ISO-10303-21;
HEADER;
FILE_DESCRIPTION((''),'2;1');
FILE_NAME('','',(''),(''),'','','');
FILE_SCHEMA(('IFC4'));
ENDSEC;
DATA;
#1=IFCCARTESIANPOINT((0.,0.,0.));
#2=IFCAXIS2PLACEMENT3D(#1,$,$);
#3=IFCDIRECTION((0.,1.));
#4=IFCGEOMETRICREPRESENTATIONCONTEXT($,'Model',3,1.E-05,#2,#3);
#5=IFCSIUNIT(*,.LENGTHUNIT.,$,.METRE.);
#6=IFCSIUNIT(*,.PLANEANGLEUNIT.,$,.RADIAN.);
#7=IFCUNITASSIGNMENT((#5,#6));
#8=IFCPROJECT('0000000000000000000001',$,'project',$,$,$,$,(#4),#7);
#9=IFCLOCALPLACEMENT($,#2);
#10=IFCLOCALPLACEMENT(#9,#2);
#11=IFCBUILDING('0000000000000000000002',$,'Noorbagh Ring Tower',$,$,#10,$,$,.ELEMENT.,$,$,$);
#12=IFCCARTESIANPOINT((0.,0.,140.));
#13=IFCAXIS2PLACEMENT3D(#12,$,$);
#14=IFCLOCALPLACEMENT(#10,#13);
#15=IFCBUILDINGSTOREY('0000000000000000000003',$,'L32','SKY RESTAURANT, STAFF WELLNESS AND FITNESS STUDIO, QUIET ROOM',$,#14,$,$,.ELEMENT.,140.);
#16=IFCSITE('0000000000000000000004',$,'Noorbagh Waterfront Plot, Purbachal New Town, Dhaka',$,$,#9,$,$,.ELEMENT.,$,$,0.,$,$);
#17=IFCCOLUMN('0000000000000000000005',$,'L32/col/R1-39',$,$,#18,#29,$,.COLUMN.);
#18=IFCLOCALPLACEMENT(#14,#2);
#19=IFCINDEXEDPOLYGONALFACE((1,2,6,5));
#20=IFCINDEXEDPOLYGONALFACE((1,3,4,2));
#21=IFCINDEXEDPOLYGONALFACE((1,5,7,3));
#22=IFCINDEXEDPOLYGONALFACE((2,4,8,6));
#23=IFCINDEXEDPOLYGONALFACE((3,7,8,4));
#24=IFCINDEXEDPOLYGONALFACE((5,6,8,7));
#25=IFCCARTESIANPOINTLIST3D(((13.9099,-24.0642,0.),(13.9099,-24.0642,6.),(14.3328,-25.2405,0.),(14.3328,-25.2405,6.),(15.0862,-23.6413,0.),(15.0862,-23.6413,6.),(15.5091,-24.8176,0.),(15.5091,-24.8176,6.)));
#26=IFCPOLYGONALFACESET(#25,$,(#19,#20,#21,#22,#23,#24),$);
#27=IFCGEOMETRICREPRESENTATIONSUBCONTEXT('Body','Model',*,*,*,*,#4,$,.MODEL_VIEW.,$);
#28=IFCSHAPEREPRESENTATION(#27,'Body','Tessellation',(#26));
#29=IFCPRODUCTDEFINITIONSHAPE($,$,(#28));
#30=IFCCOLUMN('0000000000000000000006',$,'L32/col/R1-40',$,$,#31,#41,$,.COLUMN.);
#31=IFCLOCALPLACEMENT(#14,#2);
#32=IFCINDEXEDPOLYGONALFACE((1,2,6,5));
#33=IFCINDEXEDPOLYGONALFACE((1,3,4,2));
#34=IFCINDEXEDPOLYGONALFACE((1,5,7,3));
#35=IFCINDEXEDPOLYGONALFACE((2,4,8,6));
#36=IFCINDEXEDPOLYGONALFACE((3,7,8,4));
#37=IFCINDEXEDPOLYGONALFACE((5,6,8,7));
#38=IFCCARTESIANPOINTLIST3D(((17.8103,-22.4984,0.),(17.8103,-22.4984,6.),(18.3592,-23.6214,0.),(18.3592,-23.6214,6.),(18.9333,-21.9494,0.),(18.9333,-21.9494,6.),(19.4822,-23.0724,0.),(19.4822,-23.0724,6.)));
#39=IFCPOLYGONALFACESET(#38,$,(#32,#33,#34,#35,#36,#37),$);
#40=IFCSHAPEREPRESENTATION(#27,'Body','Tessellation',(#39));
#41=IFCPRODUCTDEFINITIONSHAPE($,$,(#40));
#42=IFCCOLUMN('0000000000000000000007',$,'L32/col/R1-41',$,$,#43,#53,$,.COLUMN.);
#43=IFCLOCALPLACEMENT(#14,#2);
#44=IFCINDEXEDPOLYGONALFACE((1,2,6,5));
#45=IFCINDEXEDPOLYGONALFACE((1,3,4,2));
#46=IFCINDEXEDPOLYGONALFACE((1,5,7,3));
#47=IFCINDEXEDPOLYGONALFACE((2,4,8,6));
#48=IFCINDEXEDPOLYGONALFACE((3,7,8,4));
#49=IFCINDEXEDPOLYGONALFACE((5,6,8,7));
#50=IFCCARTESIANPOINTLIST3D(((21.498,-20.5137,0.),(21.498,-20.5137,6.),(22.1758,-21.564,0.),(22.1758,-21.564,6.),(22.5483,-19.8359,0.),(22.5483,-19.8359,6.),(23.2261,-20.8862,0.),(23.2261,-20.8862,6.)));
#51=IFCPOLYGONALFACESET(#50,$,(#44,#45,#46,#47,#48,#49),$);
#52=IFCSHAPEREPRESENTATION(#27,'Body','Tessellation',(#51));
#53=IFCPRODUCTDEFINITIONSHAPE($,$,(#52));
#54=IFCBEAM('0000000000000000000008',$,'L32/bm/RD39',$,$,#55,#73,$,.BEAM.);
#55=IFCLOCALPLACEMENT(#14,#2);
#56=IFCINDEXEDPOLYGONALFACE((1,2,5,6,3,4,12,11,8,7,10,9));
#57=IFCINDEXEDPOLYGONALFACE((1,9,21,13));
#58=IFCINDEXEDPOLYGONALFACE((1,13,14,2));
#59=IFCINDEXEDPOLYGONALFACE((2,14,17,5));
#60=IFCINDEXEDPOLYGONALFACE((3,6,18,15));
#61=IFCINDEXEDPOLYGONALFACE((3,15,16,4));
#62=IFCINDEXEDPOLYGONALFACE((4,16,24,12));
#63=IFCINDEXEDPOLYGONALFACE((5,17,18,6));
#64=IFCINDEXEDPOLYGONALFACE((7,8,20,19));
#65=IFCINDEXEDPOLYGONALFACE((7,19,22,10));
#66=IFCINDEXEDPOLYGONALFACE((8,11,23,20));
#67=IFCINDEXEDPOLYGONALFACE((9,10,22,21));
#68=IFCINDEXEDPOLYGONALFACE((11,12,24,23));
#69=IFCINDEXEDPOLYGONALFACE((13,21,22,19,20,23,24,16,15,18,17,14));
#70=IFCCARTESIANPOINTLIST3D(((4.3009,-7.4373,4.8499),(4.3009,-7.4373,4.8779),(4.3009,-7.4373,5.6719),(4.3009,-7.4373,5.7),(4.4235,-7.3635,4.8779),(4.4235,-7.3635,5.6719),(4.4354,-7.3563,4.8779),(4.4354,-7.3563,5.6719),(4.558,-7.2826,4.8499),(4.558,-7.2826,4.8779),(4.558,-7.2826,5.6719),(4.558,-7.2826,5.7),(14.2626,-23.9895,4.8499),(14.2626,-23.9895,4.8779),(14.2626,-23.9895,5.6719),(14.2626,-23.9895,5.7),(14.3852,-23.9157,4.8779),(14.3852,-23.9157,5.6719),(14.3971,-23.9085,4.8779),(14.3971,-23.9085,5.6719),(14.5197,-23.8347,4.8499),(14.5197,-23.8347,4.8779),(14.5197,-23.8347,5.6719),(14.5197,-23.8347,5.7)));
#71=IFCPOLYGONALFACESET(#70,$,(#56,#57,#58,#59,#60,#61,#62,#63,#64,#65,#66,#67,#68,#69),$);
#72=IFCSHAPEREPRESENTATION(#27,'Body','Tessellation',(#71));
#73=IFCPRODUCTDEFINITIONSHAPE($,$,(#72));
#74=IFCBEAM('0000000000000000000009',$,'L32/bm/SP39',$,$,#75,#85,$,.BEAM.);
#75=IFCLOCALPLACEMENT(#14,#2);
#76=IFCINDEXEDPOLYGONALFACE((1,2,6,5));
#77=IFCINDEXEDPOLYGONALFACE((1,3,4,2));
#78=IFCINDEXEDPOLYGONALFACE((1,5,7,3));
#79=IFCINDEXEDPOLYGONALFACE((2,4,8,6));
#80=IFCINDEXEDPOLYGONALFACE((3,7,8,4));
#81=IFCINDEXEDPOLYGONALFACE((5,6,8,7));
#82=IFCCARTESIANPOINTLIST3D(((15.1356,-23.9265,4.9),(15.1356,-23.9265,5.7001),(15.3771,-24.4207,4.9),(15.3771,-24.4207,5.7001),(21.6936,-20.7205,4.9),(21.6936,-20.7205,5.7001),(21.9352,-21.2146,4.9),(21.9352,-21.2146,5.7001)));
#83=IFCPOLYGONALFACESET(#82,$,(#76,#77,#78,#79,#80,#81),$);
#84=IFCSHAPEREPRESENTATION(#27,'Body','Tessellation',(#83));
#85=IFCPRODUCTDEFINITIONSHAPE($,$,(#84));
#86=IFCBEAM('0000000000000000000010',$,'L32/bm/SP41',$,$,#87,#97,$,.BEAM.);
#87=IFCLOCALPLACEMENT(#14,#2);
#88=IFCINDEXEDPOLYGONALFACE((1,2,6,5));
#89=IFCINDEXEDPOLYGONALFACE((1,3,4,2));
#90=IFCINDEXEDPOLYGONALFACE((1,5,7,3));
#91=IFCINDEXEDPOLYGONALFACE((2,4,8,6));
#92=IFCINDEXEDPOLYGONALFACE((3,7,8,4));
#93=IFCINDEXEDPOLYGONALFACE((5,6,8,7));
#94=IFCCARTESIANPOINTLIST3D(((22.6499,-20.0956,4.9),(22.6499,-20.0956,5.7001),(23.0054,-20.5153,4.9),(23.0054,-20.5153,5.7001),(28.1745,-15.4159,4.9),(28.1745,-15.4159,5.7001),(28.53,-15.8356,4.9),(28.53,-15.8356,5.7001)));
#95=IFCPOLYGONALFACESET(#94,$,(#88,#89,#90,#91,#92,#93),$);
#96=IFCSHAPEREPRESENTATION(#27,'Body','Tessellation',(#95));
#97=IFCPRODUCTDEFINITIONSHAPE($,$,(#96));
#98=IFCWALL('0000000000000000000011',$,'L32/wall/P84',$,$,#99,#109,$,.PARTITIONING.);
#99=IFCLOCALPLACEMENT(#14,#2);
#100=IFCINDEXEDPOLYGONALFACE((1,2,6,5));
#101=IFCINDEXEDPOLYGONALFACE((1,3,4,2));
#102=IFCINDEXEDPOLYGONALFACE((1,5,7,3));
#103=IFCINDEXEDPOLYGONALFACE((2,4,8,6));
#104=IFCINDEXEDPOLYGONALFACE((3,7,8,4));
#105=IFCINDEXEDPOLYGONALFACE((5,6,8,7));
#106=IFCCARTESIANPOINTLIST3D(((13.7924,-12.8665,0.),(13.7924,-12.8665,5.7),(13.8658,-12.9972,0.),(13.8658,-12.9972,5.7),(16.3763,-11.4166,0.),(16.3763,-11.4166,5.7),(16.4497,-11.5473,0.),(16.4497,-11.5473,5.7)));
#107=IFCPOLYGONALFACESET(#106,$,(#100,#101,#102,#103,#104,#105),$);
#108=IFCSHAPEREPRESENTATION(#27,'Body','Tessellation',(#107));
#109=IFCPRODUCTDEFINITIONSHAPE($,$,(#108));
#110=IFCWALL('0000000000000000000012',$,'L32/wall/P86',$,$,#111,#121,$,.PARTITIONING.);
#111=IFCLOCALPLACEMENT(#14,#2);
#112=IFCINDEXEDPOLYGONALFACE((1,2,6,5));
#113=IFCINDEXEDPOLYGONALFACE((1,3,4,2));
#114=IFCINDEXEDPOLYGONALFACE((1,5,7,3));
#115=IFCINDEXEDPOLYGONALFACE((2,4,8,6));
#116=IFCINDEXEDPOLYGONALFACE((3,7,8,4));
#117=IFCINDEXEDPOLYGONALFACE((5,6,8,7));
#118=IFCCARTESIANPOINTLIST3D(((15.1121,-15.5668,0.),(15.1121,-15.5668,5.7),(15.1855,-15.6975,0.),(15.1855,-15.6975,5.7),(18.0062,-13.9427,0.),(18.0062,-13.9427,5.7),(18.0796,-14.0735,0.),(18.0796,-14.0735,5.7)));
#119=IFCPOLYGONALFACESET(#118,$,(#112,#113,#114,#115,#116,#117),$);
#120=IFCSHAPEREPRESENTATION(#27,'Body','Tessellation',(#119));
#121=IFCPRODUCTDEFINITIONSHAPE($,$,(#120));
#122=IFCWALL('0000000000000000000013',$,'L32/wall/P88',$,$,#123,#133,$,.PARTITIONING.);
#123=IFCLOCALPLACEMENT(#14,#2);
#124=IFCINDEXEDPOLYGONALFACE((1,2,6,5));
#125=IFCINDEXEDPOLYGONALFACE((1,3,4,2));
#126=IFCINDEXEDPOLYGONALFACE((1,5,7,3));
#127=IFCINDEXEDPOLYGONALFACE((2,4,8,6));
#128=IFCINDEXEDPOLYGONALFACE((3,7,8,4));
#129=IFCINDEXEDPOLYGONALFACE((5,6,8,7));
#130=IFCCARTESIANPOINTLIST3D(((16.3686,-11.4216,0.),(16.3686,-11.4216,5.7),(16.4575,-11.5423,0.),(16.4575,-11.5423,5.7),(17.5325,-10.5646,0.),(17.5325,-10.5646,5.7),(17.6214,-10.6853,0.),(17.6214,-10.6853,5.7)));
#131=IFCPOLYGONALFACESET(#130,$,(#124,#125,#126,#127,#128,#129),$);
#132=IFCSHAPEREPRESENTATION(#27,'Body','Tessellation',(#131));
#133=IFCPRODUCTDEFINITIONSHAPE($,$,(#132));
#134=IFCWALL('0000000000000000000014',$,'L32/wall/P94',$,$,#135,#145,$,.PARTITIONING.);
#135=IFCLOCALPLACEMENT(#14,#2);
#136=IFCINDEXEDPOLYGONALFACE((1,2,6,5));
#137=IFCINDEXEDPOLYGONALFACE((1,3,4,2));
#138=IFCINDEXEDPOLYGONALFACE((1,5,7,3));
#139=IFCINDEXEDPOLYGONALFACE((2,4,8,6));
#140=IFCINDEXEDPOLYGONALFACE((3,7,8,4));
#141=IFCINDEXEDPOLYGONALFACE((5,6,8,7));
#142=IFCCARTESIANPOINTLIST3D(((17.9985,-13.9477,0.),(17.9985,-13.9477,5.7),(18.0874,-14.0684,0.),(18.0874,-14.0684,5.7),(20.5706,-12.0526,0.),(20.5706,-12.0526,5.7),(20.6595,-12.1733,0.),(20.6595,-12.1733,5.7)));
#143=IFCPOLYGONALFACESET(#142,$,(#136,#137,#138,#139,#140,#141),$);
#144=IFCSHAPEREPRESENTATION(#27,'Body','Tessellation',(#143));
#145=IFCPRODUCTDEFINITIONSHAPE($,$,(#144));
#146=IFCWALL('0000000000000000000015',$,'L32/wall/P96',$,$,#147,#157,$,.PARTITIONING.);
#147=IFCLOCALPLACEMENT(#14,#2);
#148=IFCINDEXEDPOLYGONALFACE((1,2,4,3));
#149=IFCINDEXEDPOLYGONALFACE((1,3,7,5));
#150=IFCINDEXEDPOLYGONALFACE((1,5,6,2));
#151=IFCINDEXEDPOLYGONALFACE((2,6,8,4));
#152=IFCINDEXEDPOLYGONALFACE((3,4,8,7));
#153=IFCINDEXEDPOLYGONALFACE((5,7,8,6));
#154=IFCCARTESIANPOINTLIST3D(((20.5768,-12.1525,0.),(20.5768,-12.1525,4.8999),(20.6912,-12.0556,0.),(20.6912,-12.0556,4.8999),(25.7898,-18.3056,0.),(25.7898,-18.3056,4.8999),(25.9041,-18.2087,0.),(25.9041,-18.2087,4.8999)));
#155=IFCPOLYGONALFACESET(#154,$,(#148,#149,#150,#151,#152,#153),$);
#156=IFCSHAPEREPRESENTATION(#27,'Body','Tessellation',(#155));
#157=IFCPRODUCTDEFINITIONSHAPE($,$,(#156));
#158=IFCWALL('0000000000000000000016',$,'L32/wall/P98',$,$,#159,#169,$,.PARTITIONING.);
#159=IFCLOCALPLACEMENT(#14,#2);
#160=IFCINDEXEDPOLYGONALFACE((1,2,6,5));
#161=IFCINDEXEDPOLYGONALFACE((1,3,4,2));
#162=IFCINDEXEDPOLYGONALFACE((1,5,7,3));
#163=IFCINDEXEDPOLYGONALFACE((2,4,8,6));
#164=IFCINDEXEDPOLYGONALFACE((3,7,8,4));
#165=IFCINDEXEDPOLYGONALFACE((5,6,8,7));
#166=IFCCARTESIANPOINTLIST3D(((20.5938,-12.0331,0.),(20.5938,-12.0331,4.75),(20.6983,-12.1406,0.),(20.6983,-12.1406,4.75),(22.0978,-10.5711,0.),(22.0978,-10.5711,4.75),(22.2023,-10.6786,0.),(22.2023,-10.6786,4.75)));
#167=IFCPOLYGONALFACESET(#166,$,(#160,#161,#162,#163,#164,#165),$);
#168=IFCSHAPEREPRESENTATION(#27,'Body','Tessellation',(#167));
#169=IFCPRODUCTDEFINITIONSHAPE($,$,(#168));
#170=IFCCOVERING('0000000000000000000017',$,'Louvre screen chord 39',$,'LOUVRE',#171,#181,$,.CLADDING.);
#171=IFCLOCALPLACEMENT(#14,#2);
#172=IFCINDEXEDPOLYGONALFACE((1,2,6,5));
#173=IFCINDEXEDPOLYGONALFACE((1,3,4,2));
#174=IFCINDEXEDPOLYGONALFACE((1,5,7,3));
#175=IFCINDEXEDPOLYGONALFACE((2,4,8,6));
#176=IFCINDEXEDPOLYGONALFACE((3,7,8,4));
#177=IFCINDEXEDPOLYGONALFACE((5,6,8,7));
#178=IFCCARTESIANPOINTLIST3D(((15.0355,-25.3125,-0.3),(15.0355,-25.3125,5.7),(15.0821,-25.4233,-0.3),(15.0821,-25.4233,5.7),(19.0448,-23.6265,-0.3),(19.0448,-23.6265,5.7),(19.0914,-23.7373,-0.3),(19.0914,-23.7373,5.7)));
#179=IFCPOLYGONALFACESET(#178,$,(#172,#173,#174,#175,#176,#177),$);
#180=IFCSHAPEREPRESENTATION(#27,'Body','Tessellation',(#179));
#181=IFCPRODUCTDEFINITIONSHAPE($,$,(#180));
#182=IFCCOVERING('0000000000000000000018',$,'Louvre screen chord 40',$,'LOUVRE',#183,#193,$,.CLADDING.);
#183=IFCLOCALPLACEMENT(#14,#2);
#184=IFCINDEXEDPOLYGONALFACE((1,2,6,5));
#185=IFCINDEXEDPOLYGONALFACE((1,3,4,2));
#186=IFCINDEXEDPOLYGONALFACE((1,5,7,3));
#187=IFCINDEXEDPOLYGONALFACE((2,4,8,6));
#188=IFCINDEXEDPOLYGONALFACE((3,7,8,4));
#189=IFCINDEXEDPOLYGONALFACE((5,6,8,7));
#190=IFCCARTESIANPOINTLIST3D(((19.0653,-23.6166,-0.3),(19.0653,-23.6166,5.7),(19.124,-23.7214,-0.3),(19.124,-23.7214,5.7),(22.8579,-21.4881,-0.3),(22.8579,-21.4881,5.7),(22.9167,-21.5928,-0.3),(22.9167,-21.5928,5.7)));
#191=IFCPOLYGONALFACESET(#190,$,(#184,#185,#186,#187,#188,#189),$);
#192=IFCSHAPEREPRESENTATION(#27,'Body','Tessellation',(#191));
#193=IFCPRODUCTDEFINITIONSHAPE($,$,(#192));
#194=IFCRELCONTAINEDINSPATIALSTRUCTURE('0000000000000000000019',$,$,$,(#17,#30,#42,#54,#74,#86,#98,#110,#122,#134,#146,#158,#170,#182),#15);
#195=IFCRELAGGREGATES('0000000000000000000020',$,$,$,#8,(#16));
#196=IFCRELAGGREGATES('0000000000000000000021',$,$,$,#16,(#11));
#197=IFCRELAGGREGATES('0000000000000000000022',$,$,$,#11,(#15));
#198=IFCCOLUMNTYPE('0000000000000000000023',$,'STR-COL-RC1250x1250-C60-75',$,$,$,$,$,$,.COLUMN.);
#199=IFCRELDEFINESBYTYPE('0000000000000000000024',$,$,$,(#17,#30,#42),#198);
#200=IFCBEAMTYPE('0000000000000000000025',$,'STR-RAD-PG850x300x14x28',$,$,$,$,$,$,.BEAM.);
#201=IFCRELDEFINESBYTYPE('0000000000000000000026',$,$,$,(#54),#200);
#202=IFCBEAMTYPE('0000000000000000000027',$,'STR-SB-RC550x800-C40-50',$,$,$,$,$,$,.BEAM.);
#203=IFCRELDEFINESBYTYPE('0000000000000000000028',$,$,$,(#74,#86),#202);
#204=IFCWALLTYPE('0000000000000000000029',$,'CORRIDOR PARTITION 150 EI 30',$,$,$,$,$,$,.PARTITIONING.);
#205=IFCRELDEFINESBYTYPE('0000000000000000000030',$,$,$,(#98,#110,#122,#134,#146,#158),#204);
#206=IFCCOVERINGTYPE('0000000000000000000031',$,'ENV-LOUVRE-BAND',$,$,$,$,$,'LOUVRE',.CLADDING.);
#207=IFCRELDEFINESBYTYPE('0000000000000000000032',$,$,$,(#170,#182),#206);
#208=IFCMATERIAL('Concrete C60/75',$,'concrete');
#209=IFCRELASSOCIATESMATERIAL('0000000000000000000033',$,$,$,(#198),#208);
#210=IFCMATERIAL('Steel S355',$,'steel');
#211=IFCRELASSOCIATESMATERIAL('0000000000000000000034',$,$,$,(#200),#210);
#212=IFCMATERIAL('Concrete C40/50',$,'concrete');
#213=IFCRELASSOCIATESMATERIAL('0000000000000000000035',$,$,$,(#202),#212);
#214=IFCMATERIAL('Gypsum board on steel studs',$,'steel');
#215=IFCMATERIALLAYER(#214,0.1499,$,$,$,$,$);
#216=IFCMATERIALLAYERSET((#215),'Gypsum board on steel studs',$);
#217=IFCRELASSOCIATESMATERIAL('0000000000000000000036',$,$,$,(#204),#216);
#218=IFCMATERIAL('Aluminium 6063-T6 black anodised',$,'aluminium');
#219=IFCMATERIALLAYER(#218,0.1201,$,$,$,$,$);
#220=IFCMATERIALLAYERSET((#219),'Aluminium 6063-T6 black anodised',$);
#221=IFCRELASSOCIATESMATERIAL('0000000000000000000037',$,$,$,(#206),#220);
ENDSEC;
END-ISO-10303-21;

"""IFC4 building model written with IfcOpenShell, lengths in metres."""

from ifc_helpers import new_model, si_unit, direction, frame, frame_2d, origin, origin_2d, place, context, subcontext, project, spatial, rectangle, i_section, extrude, material, layer, layer_set, material_profile, profile_set, type_object, element, save


model = new_model("IFC4")

# Units and contexts
model_context = context("Model", 3, precision=1e-05, world=origin(), true_north=direction((0.0, 1.0)))
body_context = subcontext(model_context, "Body", "Model", "MODEL_VIEW")
ifc_project = project(units=[si_unit("LENGTHUNIT", "METRE"), si_unit("PLANEANGLEUNIT", "RADIAN")], contexts=[model_context])

# Site, building, storey
site_placement = place(None, origin())
site = spatial("IfcSite", under=ifc_project, at=site_placement, Name="Noorbagh Waterfront Plot, Purbachal New Town, Dhaka", CompositionType="ELEMENT", RefElevation=0.0)
building_placement = place(site_placement, origin())
building = spatial("IfcBuilding", under=site, at=building_placement, Name="Noorbagh Ring Tower", CompositionType="ELEMENT")
storey_placement = place(building_placement, frame((0.0, 0.0, 140.0)))
storey = spatial("IfcBuildingStorey", under=building, at=storey_placement, Name="L32", Description="SKY RESTAURANT, STAFF WELLNESS AND FITNESS STUDIO, QUIET ROOM", CompositionType="ELEMENT", Elevation=140.0)

# Columns
ifc_material_1 = material(Name="Concrete C60/75", Category="concrete")
ifc_material_profile_1 = material_profile(ifc_material_1, rectangle(XDim=1.25, YDim=1.25, at=origin_2d()), Name="RC1250x1250")
ifc_profile_set_1 = profile_set([ifc_material_profile_1], Name="Concrete C60/75")
column_type = type_object("IfcColumnType", Name="STR-COL-RC1250x1250-C60-75", PredefinedType="COLUMN", material=ifc_profile_set_1)
for number, where, z_axis, x_axis, name in (
    (1, (14.7095, -24.4409, 0.0), (0.0, 0.0, 1.0), (0.941025, 0.338338, 0.0), "L32/col/R1-39"),
    (2, (18.6462, -22.7854, 0.0), (0.0, 0.0, 1.0), (0.898399, 0.43918, 0.0), "L32/col/R1-40"),
    (3, (22.3621, -20.7, 0.0), (0.0, 0.0, 1.0), (0.840248, 0.542203, 0.0), "L32/col/R1-41"),
):
    element("IfcColumn", number, at=place(storey_placement, frame(where, z_axis=z_axis, x_axis=x_axis)), inside=storey, type_object=column_type, Name=name, PredefinedType="COLUMN", context=body_context, shape_type="SweptSolid", body=[
        extrude(rectangle(XDim=1.25, YDim=1.25, at=origin_2d()), origin(), (0.0, 0.0, 1.0), 6.0),
    ])

# Beams
ifc_material_2 = material(Name="Steel S355", Category="steel")
ifc_material_profile_2 = material_profile(ifc_material_2, i_section(OverallWidth=0.3, OverallDepth=0.8501, WebThickness=0.0139, FlangeThickness=0.0281, at=origin_2d()), Name="PG850x300x14x28")
ifc_profile_set_2 = profile_set([ifc_material_profile_2], Name="Steel S355")
beam_type_1 = type_object("IfcBeamType", Name="STR-RAD-PG850x300x14x28", PredefinedType="BEAM", material=ifc_profile_set_2)
beam_1_placement = place(storey_placement, frame((14.3911, -23.9121, 5.2749), z_axis=(-0.515649, 0.8568, 0.0), x_axis=(-0.8568, -0.515649, 0.0)))
element("IfcBeam", 4, at=beam_1_placement, inside=storey, type_object=beam_type_1, Name="L32/bm/RD39", PredefinedType="BEAM", context=body_context, shape_type="SweptSolid", body=[
    extrude(i_section(OverallWidth=0.3, OverallDepth=0.8501, WebThickness=0.0139, FlangeThickness=0.0281, at=origin_2d()), origin(), (0.0, 0.0, 1.0), 19.3186),
])
ifc_material_3 = material(Name="Concrete C40/50", Category="concrete")
ifc_material_profile_3 = material_profile(ifc_material_3, rectangle(XDim=0.55, YDim=0.8, at=origin_2d()), Name="RC550x800")
ifc_profile_set_3 = profile_set([ifc_material_profile_3], Name="Concrete C40/50")
beam_type_2 = type_object("IfcBeamType", Name="STR-SB-RC550x800-C40-50", PredefinedType="BEAM", material=ifc_profile_set_3)
beam_2_placement = place(storey_placement, frame((15.2563, -24.1736, 5.3), z_axis=(0.898391, 0.439196, 0.0), x_axis=(-0.439196, 0.898391, 0.0)))
element("IfcBeam", 5, at=beam_2_placement, inside=storey, type_object=beam_type_2, Name="L32/bm/SP39", PredefinedType="BEAM", context=body_context, shape_type="SweptSolid", body=[
    extrude(rectangle(XDim=0.55, YDim=0.8, at=origin_2d()), origin(), (0.0, 0.0, 1.0), 7.2998),
])
beam_3_placement = place(storey_placement, frame((22.8276, -20.3054, 5.3), z_axis=(0.763047, 0.646343, 0.0), x_axis=(-0.646343, 0.763047, 0.0)))
element("IfcBeam", 6, at=beam_3_placement, inside=storey, type_object=beam_type_2, Name="L32/bm/SP41", PredefinedType="BEAM", context=body_context, shape_type="SweptSolid", body=[
    extrude(rectangle(XDim=0.55, YDim=0.8, at=origin_2d()), origin(), (0.0, 0.0, 1.0), 7.2402),
])

# Walls
ifc_material_4 = material(Name="Gypsum board on steel studs", Category="steel")
ifc_layer_1 = layer(ifc_material_4, 0.1499)
ifc_layer_set_1 = layer_set([ifc_layer_1], Name="Gypsum board on steel studs")
wall_type = type_object("IfcWallType", Name="CORRIDOR PARTITION 150 EI 30", PredefinedType="PARTITIONING", material=ifc_layer_set_1)
wall_1_placement = place(storey_placement, frame((13.8291, -12.9319, 0.0), z_axis=(0.0, 0.0, 1.0), x_axis=(0.872086, 0.489353, 0.0)))
element("IfcWall", 7, at=wall_1_placement, inside=storey, type_object=wall_type, Name="L32/wall/P84", PredefinedType="PARTITIONING", context=body_context, shape_type="SweptSolid", body=[
    extrude(rectangle(XDim=2.9629, YDim=0.1499, at=frame_2d((1.4814, 0.0))), origin(), (0.0, 0.0, 1.0), 5.7),
])
wall_2_placement = place(storey_placement, frame((15.1489, -15.6321, 0.0), z_axis=(0.0, 0.0, 1.0), x_axis=(0.872074, 0.489374, 0.0)))
element("IfcWall", 8, at=wall_2_placement, inside=storey, type_object=wall_type, Name="L32/wall/P86", PredefinedType="PARTITIONING", context=body_context, shape_type="SweptSolid", body=[
    extrude(rectangle(XDim=3.3186, YDim=0.1499, at=frame_2d((1.6592, 0.0))), origin(), (0.0, 0.0, 1.0), 5.7),
])
wall_3_placement = place(storey_placement, frame((16.4131, -11.4819, 0.0), z_axis=(0.0, 0.0, 1.0), x_axis=(0.80526, 0.592922, 0.0)))
element("IfcWall", 9, at=wall_3_placement, inside=storey, type_object=wall_type, Name="L32/wall/P88", PredefinedType="PARTITIONING", context=body_context, shape_type="SweptSolid", body=[
    extrude(rectangle(XDim=1.4453, YDim=0.1499, at=frame_2d((0.7227, 0.0))), origin(), (0.0, 0.0, 1.0), 5.7),
])
wall_4_placement = place(storey_placement, frame((18.043, -14.0081, 0.0), z_axis=(0.0, 0.0, 1.0), x_axis=(0.805079, 0.593168, 0.0)))
element("IfcWall", 10, at=wall_4_placement, inside=storey, type_object=wall_type, Name="L32/wall/P94", PredefinedType="PARTITIONING", context=body_context, shape_type="SweptSolid", body=[
    extrude(rectangle(XDim=3.1948, YDim=0.1499, at=frame_2d((1.5974, 0.0))), origin(), (0.0, 0.0, 1.0), 5.7),
])
wall_5_placement = place(storey_placement, frame((20.634, -12.104, 0.0), z_axis=(0.0, 0.0, 1.0), x_axis=(0.646408, -0.762992, 0.0)))
element("IfcWall", 11, at=wall_5_placement, inside=storey, type_object=wall_type, Name="L32/wall/P96", PredefinedType="PARTITIONING", context=body_context, shape_type="SweptSolid", body=[
    extrude(rectangle(XDim=8.0645, YDim=0.1499, at=frame_2d((4.0322, 0.0))), origin(), (0.0, 0.0, 1.0), 4.8999),
])
wall_6_placement = place(storey_placement, frame((20.646, -12.0869, 0.0), z_axis=(0.0, 0.0, 1.0), x_axis=(0.717047, 0.697025, 0.0)))
element("IfcWall", 12, at=wall_6_placement, inside=storey, type_object=wall_type, Name="L32/wall/P98", PredefinedType="PARTITIONING", context=body_context, shape_type="SweptSolid", body=[
    extrude(rectangle(XDim=2.0974, YDim=0.1499, at=frame_2d((1.0488, 0.0))), origin(), (0.0, 0.0, 1.0), 4.75),
])

# Coverings
ifc_material_5 = material(Name="Aluminium 6063-T6 black anodised", Category="aluminium")
ifc_layer_2 = layer(ifc_material_5, 0.1201)
ifc_layer_set_2 = layer_set([ifc_layer_2], Name="Aluminium 6063-T6 black anodised")
covering_type_1 = type_object("IfcCoveringType", Name="ENV-LOUVRE-BAND", ElementType="LOUVRE", PredefinedType="CLADDING", material=ifc_layer_set_2)
covering_1_placement = place(storey_placement, frame((17.0635, -24.5249, -0.3), z_axis=(0.0, 0.0, 1.0), x_axis=(0.921812, 0.387638, 0.0)))
element("IfcCovering", 13, at=covering_1_placement, inside=storey, type_object=covering_type_1, Name="Louvre screen chord 39", ObjectType="LOUVRE", PredefinedType="CLADDING", context=body_context, shape_type="SweptSolid", body=[
    extrude(rectangle(XDim=4.3494, YDim=0.1201, at=origin_2d()), origin(), (0.0, 0.0, 1.0), 6.0),
])
covering_2_placement = place(storey_placement, frame((20.991, -22.6047, -0.3), z_axis=(0.0, 0.0, 1.0), x_axis=(0.872045, 0.489426, 0.0)))
element("IfcCovering", 14, at=covering_2_placement, inside=storey, type_object=covering_type_1, Name="Louvre screen chord 40", ObjectType="LOUVRE", PredefinedType="CLADDING", context=body_context, shape_type="SweptSolid", body=[
    extrude(rectangle(XDim=4.3491, YDim=0.1201, at=origin_2d()), origin(), (0.0, 0.0, 1.0), 6.0),
])

save(model, "model.ifc")
